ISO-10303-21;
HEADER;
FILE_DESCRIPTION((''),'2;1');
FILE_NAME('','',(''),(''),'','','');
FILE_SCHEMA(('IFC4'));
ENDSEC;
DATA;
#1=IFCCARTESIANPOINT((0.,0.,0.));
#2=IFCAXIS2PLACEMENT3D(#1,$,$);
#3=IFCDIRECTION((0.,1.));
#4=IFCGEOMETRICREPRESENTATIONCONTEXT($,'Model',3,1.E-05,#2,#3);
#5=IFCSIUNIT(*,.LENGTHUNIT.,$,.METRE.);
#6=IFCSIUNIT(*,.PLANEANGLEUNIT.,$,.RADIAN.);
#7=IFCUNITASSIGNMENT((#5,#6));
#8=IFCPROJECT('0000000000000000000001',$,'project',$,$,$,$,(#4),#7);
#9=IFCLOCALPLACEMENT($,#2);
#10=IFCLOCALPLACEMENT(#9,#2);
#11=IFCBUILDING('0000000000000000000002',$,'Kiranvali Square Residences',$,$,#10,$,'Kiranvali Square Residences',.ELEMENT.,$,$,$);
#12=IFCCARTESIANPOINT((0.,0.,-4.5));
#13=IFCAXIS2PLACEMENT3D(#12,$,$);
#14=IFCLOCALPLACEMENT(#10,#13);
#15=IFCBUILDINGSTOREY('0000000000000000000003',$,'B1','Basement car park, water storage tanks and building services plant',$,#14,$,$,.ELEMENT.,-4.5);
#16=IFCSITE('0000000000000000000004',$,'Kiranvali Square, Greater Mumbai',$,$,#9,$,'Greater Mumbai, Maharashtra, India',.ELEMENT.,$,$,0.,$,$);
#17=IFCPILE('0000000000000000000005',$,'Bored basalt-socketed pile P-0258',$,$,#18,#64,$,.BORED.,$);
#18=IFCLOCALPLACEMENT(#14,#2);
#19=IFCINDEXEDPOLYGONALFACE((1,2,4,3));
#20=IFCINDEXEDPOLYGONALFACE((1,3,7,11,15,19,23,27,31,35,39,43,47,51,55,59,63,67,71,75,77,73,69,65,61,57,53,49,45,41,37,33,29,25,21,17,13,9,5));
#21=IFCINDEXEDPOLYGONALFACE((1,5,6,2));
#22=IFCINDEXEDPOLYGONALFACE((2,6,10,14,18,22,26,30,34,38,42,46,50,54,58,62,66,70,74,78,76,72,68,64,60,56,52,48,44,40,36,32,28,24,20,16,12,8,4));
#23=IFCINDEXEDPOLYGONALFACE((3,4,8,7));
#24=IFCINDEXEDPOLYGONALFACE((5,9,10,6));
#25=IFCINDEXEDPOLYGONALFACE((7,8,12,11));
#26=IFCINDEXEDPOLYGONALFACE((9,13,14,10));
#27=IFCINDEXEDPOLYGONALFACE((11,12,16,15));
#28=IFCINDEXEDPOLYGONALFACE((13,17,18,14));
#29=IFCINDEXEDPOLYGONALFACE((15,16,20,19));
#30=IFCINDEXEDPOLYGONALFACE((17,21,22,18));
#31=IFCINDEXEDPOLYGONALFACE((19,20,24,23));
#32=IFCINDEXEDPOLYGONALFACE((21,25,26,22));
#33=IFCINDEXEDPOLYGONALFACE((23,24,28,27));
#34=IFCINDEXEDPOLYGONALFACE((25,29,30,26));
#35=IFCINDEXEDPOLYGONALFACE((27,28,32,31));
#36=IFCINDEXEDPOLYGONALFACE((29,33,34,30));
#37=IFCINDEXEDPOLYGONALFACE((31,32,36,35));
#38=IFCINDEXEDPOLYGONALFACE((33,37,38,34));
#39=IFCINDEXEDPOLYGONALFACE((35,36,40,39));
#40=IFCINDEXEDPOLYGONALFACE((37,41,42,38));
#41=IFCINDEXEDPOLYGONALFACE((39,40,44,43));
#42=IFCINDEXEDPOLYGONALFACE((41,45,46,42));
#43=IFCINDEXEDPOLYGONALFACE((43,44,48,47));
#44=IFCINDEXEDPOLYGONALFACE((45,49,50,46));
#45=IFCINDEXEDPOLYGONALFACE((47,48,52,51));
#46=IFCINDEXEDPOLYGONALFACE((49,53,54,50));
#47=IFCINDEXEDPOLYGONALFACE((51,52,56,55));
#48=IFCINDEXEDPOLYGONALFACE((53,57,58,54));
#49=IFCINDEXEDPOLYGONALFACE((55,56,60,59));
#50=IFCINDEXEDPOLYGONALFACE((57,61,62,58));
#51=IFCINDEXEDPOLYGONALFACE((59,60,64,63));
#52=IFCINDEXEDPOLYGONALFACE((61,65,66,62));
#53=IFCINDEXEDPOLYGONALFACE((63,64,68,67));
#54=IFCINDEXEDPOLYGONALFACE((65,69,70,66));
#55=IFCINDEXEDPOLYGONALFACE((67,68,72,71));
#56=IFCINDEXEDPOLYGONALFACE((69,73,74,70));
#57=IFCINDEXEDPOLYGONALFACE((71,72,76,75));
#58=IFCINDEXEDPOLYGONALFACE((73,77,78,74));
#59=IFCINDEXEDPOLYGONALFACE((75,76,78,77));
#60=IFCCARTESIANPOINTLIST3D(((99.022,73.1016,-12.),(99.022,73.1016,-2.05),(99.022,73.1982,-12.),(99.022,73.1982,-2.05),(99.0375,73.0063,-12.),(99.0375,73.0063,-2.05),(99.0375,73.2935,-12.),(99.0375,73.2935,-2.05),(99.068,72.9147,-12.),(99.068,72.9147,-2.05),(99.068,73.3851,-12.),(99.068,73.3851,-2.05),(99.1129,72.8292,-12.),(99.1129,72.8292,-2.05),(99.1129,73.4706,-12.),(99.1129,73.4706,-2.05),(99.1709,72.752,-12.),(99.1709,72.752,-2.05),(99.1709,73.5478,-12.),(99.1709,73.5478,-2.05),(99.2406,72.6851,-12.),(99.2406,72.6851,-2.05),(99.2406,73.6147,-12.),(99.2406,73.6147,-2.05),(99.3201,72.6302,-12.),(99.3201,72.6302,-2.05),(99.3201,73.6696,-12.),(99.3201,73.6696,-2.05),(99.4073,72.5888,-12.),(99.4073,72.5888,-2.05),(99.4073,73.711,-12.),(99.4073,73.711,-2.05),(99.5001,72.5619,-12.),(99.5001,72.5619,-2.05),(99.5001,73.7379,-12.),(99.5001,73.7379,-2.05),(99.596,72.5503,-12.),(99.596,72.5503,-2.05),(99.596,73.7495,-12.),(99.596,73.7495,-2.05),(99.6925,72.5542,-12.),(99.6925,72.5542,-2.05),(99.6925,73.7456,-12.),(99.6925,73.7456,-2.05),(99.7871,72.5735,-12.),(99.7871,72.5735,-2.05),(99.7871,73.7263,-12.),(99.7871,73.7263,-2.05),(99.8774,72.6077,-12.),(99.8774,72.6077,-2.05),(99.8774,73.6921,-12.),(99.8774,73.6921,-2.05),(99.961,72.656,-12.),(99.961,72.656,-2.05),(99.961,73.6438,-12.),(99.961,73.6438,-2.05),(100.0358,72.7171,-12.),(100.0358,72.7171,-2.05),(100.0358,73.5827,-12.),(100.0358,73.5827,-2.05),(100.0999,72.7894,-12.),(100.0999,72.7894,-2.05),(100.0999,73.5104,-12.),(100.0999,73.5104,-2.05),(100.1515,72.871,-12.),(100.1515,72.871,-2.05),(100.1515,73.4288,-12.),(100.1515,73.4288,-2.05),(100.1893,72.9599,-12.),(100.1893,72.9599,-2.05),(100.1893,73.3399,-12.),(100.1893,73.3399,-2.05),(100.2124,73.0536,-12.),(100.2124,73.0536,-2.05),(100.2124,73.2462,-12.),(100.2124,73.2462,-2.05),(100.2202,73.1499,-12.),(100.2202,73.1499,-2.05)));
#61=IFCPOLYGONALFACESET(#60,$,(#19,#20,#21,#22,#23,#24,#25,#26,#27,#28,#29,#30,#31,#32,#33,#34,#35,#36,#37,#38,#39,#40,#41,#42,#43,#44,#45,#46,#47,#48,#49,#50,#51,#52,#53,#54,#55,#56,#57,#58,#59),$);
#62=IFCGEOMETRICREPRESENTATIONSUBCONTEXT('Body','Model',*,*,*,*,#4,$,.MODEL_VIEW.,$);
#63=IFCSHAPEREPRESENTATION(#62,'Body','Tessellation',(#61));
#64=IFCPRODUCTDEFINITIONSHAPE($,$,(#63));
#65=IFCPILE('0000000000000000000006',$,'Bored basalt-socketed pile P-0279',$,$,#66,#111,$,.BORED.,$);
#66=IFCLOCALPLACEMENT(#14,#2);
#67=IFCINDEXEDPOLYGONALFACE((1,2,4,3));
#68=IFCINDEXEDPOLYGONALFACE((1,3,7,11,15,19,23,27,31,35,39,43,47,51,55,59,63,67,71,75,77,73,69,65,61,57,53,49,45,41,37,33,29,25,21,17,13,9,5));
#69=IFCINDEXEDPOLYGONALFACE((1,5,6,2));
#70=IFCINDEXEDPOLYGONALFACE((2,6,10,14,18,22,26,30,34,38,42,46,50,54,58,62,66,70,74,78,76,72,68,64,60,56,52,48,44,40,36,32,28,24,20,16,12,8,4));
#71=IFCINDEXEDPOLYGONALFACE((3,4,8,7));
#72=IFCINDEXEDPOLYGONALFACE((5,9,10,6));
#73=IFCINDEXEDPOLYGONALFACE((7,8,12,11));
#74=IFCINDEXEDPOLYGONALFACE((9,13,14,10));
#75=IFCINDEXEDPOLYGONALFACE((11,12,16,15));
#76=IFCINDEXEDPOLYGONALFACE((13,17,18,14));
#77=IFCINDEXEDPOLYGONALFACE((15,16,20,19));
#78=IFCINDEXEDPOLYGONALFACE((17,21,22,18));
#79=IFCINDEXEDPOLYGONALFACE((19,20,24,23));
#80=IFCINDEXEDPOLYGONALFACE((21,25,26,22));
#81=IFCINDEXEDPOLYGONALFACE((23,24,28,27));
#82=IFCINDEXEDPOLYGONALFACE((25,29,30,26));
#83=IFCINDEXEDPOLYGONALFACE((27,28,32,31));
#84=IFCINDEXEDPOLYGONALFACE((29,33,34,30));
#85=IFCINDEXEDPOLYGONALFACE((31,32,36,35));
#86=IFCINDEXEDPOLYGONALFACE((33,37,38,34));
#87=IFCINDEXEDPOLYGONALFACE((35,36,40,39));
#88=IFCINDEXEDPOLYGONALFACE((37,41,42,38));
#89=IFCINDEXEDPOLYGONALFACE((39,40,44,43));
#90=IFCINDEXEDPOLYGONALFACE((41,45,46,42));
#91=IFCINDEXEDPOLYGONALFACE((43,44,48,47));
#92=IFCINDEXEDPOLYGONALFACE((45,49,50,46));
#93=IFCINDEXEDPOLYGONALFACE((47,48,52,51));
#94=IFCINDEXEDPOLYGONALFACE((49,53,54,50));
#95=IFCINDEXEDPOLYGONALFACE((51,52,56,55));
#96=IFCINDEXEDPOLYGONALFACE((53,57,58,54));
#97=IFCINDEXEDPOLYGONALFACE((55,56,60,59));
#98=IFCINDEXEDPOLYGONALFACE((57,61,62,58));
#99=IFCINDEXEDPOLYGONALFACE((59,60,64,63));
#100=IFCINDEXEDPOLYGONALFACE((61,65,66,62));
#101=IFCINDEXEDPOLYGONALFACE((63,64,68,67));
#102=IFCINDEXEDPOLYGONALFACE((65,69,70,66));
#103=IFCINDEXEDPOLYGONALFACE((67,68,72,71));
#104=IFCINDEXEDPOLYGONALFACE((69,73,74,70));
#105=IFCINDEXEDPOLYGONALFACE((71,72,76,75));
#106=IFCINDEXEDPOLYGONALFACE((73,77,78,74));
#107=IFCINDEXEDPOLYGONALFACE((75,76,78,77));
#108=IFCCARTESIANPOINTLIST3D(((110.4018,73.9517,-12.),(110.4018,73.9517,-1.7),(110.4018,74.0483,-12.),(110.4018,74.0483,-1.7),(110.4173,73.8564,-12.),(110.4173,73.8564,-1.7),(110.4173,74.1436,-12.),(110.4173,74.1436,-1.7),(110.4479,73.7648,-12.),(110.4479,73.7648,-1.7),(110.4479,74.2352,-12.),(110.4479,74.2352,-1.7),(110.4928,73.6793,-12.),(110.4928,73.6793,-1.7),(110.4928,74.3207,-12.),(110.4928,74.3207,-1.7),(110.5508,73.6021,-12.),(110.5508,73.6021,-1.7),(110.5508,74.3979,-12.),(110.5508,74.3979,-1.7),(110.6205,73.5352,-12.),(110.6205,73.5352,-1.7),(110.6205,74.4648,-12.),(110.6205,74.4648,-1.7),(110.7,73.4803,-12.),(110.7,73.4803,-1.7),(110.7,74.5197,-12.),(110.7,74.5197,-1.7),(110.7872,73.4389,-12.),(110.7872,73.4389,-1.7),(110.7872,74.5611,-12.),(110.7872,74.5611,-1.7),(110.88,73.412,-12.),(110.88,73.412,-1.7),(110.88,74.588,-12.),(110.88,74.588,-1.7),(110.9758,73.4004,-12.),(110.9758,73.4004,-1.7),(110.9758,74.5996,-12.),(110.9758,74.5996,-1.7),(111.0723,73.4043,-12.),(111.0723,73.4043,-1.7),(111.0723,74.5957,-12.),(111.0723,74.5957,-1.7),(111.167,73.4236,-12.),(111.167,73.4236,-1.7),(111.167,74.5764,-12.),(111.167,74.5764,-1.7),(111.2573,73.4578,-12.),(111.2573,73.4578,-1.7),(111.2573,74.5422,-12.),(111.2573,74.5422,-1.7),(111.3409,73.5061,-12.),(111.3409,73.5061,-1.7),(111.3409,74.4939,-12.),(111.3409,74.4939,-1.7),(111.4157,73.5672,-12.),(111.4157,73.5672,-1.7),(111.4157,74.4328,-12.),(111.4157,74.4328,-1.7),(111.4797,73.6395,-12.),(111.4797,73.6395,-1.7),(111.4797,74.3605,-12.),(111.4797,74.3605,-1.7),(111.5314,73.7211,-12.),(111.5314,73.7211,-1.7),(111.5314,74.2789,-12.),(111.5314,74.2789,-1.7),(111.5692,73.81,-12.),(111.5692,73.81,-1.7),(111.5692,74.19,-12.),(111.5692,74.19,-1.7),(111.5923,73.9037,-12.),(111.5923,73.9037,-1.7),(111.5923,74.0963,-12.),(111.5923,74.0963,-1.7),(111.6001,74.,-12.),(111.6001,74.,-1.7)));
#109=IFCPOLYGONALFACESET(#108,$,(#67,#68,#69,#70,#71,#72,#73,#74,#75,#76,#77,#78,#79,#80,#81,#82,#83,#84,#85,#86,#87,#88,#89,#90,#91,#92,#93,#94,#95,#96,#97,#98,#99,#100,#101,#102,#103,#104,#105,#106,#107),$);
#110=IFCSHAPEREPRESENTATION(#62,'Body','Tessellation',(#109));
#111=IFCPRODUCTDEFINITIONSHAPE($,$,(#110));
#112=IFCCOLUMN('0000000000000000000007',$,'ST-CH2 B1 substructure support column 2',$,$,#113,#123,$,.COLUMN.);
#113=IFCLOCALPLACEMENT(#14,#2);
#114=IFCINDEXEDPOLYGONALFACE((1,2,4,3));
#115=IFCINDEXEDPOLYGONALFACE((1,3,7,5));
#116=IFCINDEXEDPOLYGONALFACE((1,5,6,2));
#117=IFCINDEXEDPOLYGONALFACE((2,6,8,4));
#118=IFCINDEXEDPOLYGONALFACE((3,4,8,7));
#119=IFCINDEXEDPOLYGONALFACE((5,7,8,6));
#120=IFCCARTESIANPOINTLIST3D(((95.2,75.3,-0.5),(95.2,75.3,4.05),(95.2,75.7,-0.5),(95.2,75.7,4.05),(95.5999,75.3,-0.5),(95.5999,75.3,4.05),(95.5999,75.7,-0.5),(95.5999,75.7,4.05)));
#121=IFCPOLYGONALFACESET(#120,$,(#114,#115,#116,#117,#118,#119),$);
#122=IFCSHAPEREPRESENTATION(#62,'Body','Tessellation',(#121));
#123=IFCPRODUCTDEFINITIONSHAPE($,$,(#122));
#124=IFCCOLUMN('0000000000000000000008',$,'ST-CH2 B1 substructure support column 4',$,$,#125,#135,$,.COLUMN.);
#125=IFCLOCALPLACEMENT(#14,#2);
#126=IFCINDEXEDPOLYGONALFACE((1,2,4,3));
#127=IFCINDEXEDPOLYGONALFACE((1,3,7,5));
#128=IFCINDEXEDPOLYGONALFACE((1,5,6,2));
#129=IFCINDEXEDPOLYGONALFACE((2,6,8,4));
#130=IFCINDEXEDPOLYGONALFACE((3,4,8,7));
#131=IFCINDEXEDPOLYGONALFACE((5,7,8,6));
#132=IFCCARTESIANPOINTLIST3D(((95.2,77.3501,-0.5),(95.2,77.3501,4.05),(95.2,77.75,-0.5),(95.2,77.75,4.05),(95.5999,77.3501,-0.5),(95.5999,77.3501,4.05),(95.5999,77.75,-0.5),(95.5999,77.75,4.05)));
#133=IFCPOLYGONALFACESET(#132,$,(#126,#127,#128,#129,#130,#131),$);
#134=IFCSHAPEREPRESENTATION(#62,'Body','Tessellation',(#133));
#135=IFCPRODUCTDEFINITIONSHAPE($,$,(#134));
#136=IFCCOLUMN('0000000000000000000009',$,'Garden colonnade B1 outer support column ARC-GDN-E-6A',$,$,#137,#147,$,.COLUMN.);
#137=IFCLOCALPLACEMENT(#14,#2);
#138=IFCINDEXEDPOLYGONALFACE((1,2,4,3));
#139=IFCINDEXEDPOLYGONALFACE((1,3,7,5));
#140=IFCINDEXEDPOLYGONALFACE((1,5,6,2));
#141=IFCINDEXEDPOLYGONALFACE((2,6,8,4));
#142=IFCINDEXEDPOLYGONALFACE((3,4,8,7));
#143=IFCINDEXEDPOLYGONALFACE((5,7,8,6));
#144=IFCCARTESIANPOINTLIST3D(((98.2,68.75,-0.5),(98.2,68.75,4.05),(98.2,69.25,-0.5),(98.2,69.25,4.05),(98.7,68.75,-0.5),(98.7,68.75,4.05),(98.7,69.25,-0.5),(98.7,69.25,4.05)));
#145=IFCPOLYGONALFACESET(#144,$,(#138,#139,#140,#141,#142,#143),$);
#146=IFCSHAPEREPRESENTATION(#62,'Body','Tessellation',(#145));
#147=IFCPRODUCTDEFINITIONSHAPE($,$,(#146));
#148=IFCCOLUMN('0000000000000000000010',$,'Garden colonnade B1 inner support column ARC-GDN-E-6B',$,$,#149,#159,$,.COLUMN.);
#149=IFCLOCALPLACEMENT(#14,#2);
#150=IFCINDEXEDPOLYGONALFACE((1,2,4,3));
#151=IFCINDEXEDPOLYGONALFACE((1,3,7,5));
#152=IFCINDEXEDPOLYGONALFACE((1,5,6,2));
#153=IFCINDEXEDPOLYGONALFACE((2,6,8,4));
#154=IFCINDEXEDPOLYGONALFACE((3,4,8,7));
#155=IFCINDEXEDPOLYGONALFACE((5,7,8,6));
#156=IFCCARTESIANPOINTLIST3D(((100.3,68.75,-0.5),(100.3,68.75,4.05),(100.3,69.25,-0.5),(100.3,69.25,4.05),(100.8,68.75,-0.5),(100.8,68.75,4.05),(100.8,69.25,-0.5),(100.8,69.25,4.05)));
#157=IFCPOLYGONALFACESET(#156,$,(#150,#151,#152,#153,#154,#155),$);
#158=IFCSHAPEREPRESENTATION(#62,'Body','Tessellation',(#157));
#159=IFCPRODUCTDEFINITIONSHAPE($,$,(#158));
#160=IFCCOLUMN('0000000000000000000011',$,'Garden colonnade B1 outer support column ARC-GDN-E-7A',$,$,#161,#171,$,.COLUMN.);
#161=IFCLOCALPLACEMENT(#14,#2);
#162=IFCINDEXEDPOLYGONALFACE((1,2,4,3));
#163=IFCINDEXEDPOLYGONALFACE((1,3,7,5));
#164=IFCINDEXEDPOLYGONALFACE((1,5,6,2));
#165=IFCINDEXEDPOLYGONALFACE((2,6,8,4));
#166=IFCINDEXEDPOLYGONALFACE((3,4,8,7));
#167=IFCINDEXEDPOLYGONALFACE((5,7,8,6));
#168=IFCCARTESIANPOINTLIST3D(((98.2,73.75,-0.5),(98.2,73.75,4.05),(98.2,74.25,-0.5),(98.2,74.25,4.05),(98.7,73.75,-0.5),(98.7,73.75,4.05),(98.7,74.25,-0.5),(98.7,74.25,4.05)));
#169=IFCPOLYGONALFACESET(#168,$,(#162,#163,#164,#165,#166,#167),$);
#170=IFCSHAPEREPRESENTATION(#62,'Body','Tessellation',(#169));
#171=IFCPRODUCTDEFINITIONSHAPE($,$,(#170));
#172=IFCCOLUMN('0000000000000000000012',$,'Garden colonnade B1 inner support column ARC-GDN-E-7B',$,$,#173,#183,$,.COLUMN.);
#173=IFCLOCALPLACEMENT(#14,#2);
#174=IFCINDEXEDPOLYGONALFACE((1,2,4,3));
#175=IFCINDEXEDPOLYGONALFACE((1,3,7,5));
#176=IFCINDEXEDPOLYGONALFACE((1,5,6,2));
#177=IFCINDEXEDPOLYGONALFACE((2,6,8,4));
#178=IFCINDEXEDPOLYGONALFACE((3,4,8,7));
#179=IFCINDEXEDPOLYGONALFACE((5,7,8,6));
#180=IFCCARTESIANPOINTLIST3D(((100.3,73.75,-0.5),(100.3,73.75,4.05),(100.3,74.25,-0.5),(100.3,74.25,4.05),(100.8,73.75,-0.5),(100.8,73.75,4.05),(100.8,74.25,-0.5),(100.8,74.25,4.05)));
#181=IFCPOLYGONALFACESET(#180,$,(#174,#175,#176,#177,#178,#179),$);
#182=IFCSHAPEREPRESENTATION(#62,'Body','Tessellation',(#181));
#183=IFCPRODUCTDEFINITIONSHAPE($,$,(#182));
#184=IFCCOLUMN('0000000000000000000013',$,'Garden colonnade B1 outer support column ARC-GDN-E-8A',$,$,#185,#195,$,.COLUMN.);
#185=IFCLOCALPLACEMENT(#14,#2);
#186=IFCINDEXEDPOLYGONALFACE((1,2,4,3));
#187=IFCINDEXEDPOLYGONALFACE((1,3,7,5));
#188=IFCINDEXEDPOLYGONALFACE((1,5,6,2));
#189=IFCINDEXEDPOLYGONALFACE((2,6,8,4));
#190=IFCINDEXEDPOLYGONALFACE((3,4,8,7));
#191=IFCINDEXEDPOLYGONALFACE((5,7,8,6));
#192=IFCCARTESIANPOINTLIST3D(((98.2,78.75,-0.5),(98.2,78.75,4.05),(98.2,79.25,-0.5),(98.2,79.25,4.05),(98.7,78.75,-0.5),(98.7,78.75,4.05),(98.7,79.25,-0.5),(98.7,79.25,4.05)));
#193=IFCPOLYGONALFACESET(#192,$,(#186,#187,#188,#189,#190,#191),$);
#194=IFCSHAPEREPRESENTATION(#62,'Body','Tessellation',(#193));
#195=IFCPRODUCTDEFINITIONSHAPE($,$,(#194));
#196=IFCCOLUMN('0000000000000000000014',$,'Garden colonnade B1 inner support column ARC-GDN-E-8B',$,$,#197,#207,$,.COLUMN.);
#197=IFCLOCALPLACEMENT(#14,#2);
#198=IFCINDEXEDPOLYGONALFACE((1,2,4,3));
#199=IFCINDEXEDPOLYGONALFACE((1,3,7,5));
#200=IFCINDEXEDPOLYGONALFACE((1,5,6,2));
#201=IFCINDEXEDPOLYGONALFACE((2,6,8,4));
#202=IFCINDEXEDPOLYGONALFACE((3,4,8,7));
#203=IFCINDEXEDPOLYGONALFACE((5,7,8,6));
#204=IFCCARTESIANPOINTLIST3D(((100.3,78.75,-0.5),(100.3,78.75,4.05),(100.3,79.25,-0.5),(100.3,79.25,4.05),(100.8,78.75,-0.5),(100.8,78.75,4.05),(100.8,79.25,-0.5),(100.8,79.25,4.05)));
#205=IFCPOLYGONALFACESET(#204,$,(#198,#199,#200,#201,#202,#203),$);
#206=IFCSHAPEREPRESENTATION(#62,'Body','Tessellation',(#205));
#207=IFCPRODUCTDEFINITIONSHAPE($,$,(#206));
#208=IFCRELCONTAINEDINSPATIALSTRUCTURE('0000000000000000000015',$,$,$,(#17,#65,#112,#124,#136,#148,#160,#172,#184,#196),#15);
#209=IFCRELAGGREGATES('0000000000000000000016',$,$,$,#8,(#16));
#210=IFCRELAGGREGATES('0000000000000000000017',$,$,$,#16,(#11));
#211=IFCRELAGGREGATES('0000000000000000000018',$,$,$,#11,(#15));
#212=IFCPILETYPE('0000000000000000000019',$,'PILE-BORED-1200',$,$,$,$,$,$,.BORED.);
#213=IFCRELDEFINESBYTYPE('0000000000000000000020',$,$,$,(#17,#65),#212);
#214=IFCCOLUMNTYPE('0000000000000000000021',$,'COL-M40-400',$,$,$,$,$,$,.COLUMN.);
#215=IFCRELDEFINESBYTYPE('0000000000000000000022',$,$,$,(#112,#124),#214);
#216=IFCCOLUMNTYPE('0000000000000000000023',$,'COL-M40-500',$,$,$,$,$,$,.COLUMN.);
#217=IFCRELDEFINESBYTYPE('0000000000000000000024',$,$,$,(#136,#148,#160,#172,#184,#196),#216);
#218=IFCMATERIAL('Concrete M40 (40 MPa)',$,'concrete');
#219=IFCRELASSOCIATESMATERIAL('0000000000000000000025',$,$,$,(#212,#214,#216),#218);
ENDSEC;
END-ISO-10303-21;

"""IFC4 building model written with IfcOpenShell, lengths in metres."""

from ifc_helpers import new_model, si_unit, direction, frame, origin, origin_2d, place, context, subcontext, project, spatial, rectangle, circle, extrude, material, material_profile, profile_set, type_object, element, save


model = new_model("IFC4")

# Units and contexts
model_context = context("Model", 3, precision=1e-05, world=origin(), true_north=direction((0.0, 1.0)))
body_context = subcontext(model_context, "Body", "Model", "MODEL_VIEW")
ifc_project = project(units=[si_unit("LENGTHUNIT", "METRE"), si_unit("PLANEANGLEUNIT", "RADIAN")], contexts=[model_context])

# Site, building, storey
site_placement = place(None, origin())
site = spatial("IfcSite", under=ifc_project, at=site_placement, Name="Kiranvali Square, Greater Mumbai", LongName="Greater Mumbai, Maharashtra, India", CompositionType="ELEMENT", RefElevation=0.0)
building_placement = place(site_placement, origin())
building = spatial("IfcBuilding", under=site, at=building_placement, Name="Kiranvali Square Residences", LongName="Kiranvali Square Residences", CompositionType="ELEMENT")
storey_placement = place(building_placement, frame((0.0, 0.0, -4.5)))
storey = spatial("IfcBuildingStorey", under=building, at=storey_placement, Name="B1", Description="Basement car park, water storage tanks and building services plant", CompositionType="ELEMENT", Elevation=-4.5)

# Shared definitions
ifc_material_1 = material(Name="Concrete M40 (40 MPa)", Category="concrete")

# Piles
ifc_material_profile_1 = material_profile(ifc_material_1, circle(Radius=0.6001, at=origin_2d()), Name="BORED PILE 1200")
ifc_profile_set_1 = profile_set([ifc_material_profile_1], Name="Concrete M40 (40 MPa)")
pile_type = type_object("IfcPileType", Name="PILE-BORED-1200", PredefinedType="BORED", material=ifc_profile_set_1)
for number, where, z_axis, x_axis, name in (
    (1, (99.6201, 73.1499, -2.05), (0.0, 0.0, -1.0), (1.0, 0.0, 0.0), "Bored basalt-socketed pile P-0258"),
):
    element("IfcPile", number, at=place(storey_placement, frame(where, z_axis=z_axis, x_axis=x_axis)), inside=storey, type_object=pile_type, Name=name, PredefinedType="BORED", context=body_context, shape_type="SweptSolid", body=[
        extrude(circle(Radius=0.6001, at=origin_2d()), origin(), (0.0, 0.0, 1.0), 9.95),
    ])
pile_placement = place(storey_placement, frame((111.0, 74.0, -1.7), z_axis=(0.0, 0.0, -1.0), x_axis=(1.0, 0.0, 0.0)))
element("IfcPile", 2, at=pile_placement, inside=storey, type_object=pile_type, Name="Bored basalt-socketed pile P-0279", PredefinedType="BORED", context=body_context, shape_type="SweptSolid", body=[
    extrude(circle(Radius=0.6001, at=origin_2d()), origin(), (0.0, 0.0, 1.0), 10.3),
])

# Columns
ifc_material_profile_2 = material_profile(ifc_material_1, rectangle(XDim=0.3999, YDim=0.3999, at=origin_2d()), Name="RC 400x400")
ifc_profile_set_2 = profile_set([ifc_material_profile_2], Name="Concrete M40 (40 MPa)")
column_type_1 = type_object("IfcColumnType", Name="COL-M40-400", PredefinedType="COLUMN", material=ifc_profile_set_2)
for number, where, z_axis, x_axis, name in (
    (3, (95.3999, 75.5, -0.5), (0.0, 0.0, 1.0), (1.0, 0.0, 0.0), "ST-CH2 B1 substructure support column 2"),
    (4, (95.3999, 77.55, -0.5), (0.0, 0.0, 1.0), (1.0, 0.0, 0.0), "ST-CH2 B1 substructure support column 4"),
):
    element("IfcColumn", number, at=place(storey_placement, frame(where, z_axis=z_axis, x_axis=x_axis)), inside=storey, type_object=column_type_1, Name=name, PredefinedType="COLUMN", context=body_context, shape_type="SweptSolid", body=[
        extrude(rectangle(XDim=0.3999, YDim=0.3999, at=origin_2d()), origin(), (0.0, 0.0, 1.0), 4.55),
    ])
ifc_material_profile_3 = material_profile(ifc_material_1, rectangle(XDim=0.5, YDim=0.5, at=origin_2d()), Name="RC 500x500")
ifc_profile_set_3 = profile_set([ifc_material_profile_3], Name="Concrete M40 (40 MPa)")
column_type_2 = type_object("IfcColumnType", Name="COL-M40-500", PredefinedType="COLUMN", material=ifc_profile_set_3)
for number, where, z_axis, x_axis, name in (
    (5, (98.45, 69.0, -0.5), (0.0, 0.0, 1.0), (1.0, 0.0, 0.0), "Garden colonnade B1 outer support column ARC-GDN-E-6A"),
    (6, (100.55, 69.0, -0.5), (0.0, 0.0, 1.0), (1.0, 0.0, 0.0), "Garden colonnade B1 inner support column ARC-GDN-E-6B"),
    (7, (98.45, 74.0, -0.5), (0.0, 0.0, 1.0), (1.0, 0.0, 0.0), "Garden colonnade B1 outer support column ARC-GDN-E-7A"),
    (8, (100.55, 74.0, -0.5), (0.0, 0.0, 1.0), (1.0, 0.0, 0.0), "Garden colonnade B1 inner support column ARC-GDN-E-7B"),
    (9, (98.45, 79.0, -0.5), (0.0, 0.0, 1.0), (1.0, 0.0, 0.0), "Garden colonnade B1 outer support column ARC-GDN-E-8A"),
    (10, (100.55, 79.0, -0.5), (0.0, 0.0, 1.0), (1.0, 0.0, 0.0), "Garden colonnade B1 inner support column ARC-GDN-E-8B"),
):
    element("IfcColumn", number, at=place(storey_placement, frame(where, z_axis=z_axis, x_axis=x_axis)), inside=storey, type_object=column_type_2, Name=name, PredefinedType="COLUMN", context=body_context, shape_type="SweptSolid", body=[
        extrude(rectangle(XDim=0.5, YDim=0.5, at=origin_2d()), origin(), (0.0, 0.0, 1.0), 4.55),
    ])

save(model, "model.ifc")
